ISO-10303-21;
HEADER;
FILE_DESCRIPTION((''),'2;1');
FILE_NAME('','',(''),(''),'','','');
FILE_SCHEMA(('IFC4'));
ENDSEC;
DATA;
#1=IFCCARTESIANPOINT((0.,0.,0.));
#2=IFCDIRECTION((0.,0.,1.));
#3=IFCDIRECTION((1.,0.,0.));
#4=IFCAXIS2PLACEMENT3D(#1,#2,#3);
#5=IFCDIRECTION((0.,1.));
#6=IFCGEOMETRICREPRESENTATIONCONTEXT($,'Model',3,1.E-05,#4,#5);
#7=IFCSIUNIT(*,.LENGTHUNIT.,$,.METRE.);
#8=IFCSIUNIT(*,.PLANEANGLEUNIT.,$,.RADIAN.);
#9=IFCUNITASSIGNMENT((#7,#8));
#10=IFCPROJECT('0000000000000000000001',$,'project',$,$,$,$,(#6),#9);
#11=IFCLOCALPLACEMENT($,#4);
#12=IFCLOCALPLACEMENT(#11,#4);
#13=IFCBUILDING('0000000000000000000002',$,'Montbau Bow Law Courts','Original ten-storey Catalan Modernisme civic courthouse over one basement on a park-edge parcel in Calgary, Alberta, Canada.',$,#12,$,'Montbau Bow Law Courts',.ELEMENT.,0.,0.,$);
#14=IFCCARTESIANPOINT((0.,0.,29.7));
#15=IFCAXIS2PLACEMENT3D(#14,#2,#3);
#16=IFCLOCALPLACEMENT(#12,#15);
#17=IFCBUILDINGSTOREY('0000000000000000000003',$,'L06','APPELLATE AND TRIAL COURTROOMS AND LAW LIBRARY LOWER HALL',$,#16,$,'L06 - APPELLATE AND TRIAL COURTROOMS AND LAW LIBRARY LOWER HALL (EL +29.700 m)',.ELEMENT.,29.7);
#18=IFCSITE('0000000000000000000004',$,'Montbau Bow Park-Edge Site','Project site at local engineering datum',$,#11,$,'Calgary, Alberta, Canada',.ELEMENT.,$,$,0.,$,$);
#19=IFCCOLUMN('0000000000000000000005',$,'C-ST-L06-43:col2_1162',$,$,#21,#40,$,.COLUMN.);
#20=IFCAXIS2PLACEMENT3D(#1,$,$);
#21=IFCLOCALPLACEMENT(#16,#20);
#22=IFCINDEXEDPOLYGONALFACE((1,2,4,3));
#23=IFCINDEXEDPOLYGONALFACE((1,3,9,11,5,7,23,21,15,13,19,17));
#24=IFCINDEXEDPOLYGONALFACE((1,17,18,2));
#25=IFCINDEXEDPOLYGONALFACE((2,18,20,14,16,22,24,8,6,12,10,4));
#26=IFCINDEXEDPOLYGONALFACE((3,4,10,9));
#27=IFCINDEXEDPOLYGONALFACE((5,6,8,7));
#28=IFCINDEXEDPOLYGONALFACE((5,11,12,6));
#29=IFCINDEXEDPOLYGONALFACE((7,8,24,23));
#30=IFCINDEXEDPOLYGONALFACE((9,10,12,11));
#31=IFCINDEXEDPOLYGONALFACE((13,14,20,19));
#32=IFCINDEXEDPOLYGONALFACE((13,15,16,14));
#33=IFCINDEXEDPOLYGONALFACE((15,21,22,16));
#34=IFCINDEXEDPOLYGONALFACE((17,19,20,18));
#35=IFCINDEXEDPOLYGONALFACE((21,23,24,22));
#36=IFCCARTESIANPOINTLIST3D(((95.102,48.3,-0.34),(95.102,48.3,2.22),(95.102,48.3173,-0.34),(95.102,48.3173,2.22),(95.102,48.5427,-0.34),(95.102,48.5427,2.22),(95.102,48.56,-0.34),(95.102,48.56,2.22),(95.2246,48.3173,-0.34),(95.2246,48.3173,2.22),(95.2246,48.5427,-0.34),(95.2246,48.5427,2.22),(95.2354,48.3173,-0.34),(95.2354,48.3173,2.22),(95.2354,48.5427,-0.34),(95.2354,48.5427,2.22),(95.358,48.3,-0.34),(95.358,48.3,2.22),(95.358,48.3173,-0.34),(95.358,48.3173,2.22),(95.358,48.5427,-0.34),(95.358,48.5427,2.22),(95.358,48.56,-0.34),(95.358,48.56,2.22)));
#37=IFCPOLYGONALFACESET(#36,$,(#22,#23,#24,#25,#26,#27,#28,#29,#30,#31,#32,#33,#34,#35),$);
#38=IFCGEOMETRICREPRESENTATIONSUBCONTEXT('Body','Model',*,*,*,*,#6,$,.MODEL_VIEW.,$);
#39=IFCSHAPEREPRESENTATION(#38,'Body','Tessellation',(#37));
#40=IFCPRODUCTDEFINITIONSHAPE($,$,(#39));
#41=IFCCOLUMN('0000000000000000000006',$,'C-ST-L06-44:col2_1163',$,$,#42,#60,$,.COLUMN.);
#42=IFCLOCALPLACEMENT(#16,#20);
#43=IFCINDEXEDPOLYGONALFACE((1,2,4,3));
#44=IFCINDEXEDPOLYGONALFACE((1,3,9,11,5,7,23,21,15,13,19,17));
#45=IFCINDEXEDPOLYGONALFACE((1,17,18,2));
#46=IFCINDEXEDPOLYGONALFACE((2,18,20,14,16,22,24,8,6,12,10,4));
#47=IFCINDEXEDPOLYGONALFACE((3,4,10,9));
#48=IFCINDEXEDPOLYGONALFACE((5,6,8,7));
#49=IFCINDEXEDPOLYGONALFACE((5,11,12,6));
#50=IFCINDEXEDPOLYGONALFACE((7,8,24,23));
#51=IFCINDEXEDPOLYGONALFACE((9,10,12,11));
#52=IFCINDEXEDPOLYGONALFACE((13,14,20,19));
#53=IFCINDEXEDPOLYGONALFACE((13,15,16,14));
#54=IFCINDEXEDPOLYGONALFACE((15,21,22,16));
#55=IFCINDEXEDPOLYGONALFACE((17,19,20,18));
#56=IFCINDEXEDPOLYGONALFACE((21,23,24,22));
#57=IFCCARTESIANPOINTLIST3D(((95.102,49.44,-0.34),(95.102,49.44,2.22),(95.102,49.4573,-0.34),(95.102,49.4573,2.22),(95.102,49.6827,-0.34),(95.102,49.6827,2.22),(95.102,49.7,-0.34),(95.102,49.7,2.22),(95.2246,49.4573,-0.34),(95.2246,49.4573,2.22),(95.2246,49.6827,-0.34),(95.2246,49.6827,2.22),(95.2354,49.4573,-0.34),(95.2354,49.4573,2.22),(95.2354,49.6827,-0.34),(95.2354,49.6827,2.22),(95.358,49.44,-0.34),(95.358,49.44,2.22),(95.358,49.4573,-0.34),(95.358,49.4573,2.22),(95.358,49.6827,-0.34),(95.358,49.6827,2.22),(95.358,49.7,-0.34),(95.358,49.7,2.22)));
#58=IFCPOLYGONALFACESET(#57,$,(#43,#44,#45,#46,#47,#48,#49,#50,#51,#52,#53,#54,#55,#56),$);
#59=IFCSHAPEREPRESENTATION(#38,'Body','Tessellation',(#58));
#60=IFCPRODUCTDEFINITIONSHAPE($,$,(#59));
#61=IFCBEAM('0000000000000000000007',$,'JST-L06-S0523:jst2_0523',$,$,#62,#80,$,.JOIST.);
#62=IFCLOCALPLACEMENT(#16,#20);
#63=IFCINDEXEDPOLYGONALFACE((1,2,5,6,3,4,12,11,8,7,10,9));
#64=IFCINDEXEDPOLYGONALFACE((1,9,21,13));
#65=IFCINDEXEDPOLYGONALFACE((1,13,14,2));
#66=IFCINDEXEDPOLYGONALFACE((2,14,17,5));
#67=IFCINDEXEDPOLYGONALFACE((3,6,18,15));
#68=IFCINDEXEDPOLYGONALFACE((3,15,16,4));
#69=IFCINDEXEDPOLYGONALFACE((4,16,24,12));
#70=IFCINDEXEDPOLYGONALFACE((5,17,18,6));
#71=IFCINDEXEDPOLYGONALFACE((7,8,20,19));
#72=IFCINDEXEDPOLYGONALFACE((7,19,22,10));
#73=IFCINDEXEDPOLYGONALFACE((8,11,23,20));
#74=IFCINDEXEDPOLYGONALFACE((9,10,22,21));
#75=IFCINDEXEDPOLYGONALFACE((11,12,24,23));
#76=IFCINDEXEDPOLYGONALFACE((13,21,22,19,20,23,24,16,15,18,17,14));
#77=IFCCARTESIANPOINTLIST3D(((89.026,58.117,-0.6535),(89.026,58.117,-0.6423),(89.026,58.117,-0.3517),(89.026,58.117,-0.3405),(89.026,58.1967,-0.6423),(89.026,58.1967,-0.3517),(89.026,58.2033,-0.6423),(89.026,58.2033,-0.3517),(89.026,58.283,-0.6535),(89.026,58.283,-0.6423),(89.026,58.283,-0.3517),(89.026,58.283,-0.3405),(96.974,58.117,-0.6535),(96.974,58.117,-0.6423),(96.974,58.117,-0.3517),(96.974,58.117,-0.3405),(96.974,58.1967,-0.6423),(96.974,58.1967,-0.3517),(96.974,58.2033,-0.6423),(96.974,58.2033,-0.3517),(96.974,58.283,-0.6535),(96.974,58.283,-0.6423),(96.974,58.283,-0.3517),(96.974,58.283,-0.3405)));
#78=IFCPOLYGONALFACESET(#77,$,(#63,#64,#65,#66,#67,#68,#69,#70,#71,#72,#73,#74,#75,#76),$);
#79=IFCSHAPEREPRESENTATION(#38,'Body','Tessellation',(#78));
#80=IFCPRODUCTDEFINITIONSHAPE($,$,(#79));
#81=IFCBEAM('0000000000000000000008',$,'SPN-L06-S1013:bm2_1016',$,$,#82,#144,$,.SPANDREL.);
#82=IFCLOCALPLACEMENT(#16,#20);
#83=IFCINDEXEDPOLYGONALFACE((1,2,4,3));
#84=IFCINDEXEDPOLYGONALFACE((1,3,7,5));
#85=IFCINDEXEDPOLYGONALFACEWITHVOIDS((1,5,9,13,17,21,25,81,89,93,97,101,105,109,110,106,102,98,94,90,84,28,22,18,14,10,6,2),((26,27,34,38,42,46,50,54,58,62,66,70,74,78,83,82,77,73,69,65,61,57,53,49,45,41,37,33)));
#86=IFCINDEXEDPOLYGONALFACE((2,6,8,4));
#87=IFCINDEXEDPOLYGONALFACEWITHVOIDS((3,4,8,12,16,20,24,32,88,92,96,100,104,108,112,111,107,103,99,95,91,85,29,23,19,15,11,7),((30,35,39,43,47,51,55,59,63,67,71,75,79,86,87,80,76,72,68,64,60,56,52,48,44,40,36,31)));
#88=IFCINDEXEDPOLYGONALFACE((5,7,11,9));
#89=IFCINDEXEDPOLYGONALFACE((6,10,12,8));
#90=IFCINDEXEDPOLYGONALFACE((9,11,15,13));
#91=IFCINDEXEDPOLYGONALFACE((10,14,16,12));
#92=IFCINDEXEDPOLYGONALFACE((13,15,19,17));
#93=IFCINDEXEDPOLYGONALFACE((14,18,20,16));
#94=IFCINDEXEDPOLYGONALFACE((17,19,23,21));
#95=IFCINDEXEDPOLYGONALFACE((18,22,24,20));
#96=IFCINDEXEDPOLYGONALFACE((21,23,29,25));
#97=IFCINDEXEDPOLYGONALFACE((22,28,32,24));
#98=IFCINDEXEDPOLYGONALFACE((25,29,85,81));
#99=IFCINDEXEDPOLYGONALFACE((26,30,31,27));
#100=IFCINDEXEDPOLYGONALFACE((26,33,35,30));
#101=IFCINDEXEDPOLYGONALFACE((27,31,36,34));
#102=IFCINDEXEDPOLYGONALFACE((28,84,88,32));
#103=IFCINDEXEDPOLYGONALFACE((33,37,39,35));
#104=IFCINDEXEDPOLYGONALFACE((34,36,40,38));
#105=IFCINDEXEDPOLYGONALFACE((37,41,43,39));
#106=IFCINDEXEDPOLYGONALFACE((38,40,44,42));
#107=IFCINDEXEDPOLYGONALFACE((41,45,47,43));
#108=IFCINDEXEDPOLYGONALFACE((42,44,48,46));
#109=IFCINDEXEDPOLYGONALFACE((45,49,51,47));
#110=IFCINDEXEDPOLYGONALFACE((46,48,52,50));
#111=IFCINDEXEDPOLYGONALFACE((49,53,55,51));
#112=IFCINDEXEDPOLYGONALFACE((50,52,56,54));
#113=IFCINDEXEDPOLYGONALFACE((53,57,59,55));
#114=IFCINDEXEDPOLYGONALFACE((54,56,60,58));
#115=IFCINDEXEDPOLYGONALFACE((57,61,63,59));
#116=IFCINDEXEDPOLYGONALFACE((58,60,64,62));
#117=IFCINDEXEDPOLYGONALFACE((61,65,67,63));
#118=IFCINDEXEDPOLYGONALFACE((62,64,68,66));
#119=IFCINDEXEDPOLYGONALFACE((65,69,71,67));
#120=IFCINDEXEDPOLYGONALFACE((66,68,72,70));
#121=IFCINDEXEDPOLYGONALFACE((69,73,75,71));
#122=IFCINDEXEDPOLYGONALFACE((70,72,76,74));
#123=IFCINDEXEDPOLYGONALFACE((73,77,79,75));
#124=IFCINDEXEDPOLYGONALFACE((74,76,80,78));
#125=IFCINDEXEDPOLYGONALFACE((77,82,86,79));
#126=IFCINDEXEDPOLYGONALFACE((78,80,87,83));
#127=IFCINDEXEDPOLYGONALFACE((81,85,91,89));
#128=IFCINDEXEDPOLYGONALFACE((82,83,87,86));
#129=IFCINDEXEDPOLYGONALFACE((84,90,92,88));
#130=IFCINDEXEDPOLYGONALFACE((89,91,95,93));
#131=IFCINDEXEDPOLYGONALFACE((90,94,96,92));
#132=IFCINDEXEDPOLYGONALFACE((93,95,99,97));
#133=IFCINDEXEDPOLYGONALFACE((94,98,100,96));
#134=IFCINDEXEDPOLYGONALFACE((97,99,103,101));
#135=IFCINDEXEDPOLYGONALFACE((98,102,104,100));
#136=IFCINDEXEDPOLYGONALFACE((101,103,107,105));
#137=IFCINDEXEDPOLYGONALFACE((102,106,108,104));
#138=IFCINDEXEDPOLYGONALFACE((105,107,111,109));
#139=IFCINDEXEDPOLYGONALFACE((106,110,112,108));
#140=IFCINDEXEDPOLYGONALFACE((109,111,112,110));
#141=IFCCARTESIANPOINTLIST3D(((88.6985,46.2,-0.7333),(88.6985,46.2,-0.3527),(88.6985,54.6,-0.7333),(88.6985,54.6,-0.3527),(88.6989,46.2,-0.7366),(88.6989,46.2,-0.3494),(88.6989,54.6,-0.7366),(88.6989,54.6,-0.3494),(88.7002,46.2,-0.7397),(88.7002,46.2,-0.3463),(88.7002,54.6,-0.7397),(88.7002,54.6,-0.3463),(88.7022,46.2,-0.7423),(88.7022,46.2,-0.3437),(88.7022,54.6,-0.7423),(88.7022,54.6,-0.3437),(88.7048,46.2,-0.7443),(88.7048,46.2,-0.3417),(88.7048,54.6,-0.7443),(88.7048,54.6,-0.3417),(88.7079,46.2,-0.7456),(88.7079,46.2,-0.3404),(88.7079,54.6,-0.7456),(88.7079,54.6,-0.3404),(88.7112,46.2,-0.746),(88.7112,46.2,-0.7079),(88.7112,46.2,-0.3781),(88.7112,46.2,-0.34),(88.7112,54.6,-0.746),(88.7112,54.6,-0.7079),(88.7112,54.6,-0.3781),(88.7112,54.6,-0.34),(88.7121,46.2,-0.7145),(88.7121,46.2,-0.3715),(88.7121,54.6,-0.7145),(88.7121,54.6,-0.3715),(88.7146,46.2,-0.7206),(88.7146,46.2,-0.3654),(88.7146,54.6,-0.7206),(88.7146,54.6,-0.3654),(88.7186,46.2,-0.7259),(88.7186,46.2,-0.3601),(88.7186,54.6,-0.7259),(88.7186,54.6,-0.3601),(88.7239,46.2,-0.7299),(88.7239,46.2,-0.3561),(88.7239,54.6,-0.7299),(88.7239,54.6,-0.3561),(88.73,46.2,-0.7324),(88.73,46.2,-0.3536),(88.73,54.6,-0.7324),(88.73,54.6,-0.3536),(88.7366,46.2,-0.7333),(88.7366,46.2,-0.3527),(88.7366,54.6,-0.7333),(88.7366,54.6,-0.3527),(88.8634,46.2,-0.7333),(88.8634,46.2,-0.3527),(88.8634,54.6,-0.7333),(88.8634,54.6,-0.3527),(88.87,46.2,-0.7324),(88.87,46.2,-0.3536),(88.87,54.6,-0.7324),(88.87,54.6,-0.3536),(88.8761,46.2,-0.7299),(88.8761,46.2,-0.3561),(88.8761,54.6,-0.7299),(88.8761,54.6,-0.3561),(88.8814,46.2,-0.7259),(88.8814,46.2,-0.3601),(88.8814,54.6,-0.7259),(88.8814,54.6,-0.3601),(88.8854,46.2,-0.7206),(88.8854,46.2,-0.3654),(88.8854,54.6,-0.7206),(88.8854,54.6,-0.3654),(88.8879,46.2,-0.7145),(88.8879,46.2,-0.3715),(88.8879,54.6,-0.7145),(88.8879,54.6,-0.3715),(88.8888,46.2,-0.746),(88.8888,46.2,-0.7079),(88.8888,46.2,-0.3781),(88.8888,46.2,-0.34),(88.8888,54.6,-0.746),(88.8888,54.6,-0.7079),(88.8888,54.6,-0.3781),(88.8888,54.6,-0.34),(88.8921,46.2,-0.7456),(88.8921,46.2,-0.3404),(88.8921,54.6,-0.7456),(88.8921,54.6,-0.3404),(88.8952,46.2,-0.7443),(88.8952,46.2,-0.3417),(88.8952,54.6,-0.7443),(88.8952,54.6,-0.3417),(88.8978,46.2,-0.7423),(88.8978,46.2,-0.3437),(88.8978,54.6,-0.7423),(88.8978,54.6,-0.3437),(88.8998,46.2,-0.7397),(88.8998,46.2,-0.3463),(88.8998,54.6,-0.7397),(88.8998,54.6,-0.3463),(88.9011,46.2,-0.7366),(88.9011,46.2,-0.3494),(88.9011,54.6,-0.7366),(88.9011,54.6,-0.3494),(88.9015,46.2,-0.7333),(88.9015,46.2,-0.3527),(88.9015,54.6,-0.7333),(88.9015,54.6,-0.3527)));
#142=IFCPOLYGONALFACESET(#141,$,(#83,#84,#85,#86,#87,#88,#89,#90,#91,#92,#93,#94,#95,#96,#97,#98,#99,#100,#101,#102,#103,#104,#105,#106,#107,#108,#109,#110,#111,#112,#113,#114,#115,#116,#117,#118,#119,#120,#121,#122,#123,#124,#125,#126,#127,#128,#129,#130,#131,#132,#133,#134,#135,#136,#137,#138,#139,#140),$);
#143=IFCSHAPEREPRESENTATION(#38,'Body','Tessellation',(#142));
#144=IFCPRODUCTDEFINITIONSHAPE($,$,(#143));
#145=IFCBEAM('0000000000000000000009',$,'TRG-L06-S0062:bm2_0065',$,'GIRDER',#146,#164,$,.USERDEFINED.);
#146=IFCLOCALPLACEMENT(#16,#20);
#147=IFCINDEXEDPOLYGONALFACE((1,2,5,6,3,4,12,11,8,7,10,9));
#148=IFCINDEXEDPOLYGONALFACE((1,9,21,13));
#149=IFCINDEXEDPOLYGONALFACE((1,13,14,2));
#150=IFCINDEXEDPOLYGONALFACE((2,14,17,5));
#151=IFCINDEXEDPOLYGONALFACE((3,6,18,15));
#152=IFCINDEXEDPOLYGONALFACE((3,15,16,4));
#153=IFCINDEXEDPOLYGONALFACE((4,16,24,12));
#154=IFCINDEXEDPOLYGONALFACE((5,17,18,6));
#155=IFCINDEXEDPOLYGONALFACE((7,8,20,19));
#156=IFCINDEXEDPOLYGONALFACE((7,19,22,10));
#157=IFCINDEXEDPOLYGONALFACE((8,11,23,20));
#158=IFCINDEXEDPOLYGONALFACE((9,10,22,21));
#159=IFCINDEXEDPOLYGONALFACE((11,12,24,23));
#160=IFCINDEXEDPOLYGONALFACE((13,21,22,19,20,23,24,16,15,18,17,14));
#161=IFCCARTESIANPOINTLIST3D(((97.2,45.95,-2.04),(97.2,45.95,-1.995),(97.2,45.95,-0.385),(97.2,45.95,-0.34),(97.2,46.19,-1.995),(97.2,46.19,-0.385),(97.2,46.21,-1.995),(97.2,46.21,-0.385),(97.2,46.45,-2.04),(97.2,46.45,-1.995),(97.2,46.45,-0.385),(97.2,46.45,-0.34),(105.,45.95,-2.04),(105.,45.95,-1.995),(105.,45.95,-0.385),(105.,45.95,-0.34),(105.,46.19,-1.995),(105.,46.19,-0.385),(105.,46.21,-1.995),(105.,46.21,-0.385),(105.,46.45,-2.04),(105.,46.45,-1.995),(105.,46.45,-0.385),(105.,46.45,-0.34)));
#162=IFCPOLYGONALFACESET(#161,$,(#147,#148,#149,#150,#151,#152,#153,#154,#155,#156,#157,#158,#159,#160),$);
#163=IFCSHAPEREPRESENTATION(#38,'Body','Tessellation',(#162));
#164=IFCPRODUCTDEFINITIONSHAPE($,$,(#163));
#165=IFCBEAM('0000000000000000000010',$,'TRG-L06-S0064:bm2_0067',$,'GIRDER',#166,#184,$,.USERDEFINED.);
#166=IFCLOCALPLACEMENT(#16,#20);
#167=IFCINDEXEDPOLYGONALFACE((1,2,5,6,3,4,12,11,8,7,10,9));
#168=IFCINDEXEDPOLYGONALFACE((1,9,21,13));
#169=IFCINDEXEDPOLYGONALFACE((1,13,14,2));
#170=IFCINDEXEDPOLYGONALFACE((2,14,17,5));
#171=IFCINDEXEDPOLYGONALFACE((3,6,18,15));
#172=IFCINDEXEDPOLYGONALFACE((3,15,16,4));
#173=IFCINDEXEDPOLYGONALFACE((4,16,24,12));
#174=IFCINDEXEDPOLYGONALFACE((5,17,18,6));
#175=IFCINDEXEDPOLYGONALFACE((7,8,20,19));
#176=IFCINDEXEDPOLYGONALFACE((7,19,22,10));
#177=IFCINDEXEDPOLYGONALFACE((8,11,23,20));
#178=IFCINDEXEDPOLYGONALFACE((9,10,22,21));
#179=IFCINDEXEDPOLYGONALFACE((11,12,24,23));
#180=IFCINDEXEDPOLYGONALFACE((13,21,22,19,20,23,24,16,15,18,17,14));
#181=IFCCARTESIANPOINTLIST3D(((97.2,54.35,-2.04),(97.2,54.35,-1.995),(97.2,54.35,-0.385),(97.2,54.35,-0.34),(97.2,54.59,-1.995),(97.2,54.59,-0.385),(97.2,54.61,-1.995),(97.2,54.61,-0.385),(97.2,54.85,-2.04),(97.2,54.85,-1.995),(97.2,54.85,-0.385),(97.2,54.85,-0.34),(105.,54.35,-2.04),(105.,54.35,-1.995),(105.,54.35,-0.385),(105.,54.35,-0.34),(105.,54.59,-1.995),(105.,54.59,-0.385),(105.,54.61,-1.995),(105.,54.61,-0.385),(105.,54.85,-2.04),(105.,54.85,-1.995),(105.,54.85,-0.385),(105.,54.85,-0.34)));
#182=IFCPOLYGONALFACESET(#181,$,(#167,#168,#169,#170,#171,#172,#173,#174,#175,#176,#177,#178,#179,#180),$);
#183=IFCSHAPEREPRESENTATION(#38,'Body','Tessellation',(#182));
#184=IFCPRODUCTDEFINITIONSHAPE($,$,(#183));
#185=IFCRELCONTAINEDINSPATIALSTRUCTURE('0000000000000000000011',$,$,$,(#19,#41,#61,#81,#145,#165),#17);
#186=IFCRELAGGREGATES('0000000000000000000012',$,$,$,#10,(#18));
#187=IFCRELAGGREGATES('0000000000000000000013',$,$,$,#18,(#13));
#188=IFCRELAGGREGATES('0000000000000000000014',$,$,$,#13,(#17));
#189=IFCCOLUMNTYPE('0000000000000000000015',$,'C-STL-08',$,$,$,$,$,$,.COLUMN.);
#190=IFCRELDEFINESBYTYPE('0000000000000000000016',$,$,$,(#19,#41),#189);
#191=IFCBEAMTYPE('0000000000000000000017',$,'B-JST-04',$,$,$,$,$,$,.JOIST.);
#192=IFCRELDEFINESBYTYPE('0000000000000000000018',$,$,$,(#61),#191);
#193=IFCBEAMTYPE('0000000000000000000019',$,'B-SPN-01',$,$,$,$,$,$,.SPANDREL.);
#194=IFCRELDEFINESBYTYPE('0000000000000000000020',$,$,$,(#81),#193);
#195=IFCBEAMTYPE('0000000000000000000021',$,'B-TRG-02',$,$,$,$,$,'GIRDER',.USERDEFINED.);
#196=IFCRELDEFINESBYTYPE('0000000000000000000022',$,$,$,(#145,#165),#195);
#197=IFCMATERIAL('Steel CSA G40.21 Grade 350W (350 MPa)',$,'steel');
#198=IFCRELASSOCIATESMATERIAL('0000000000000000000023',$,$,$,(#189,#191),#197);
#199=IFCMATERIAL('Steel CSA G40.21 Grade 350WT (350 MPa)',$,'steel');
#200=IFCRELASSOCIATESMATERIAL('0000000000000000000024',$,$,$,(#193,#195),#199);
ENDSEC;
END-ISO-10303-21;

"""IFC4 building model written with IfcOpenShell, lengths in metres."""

from ifc_helpers import new_model, si_unit, direction, frame, origin_with_axes, origin_2d_with_axis, place, context, subcontext, project, spatial, hollow_rectangle, i_section, extrude, material, material_profile, profile_set, type_object, element, save


model = new_model("IFC4")

# Units and contexts
model_context = context("Model", 3, precision=1e-05, world=origin_with_axes(), true_north=direction((0.0, 1.0)))
body_context = subcontext(model_context, "Body", "Model", "MODEL_VIEW")
ifc_project = project(units=[si_unit("LENGTHUNIT", "METRE"), si_unit("PLANEANGLEUNIT", "RADIAN")], contexts=[model_context])

# Site, building, storey
site_placement = place(None, origin_with_axes())
site = spatial("IfcSite", under=ifc_project, at=site_placement, Name="Montbau Bow Park-Edge Site", Description="Project site at local engineering datum", LongName="Calgary, Alberta, Canada", CompositionType="ELEMENT", RefElevation=0.0)
building_placement = place(site_placement, origin_with_axes())
building = spatial("IfcBuilding", under=site, at=building_placement, Name="Montbau Bow Law Courts", Description="Original ten-storey Catalan Modernisme civic courthouse over one basement on a park-edge parcel in Calgary, Alberta, Canada.", LongName="Montbau Bow Law Courts", CompositionType="ELEMENT", ElevationOfRefHeight=0.0, ElevationOfTerrain=0.0)
storey_placement = place(building_placement, frame((0.0, 0.0, 29.7), z_axis=(0.0, 0.0, 1.0), x_axis=(1.0, 0.0, 0.0)))
storey = spatial("IfcBuildingStorey", under=building, at=storey_placement, Name="L06", Description="APPELLATE AND TRIAL COURTROOMS AND LAW LIBRARY LOWER HALL", LongName="L06 - APPELLATE AND TRIAL COURTROOMS AND LAW LIBRARY LOWER HALL (EL +29.700 m)", CompositionType="ELEMENT", Elevation=29.7)

# Columns
ifc_material_1 = material(Name="Steel CSA G40.21 Grade 350W (350 MPa)", Category="steel")
ifc_material_profile_1 = material_profile(ifc_material_1, i_section(OverallWidth=0.256, OverallDepth=0.26, WebThickness=0.0107, FlangeThickness=0.0173, at=origin_2d_with_axis()), Name="W250X89", Category="Main", Priority=0)
ifc_profile_set_1 = profile_set([ifc_material_profile_1], Name="Steel CSA G40.21 Grade 350W (350 MPa)")
column_type_1 = type_object("IfcColumnType", Name="C-STL-08", PredefinedType="COLUMN", material=ifc_profile_set_1)
for number, where, z_axis, x_axis, name in (
    (1, (95.23, 48.43, 29.36), (0.0, 0.0, 1.0), (1.0, 0.0, 0.0), "C-ST-L06-43:col2_1162"),
    (2, (95.23, 49.57, 29.36), (0.0, 0.0, 1.0), (1.0, 0.0, 0.0), "C-ST-L06-44:col2_1163"),
):
    element("IfcColumn", number, at=place(None, frame(where, z_axis=z_axis, x_axis=x_axis)), inside=storey, type_object=column_type_1, Name=name, PredefinedType="COLUMN", context=body_context, shape_type="SweptSolid", body=[
        extrude(i_section(OverallWidth=0.256, OverallDepth=0.26, WebThickness=0.0107, FlangeThickness=0.0173, at=origin_2d_with_axis()), origin_with_axes(), (0.0, 0.0, 1.0), 2.56),
    ])

# Beams
ifc_material_profile_2 = material_profile(ifc_material_1, i_section(OverallWidth=0.166, OverallDepth=0.313, WebThickness=0.0066, FlangeThickness=0.0112, at=origin_2d_with_axis()), Name="W310X45", Category="Main", Priority=0)
ifc_profile_set_2 = profile_set([ifc_material_profile_2], Name="Steel CSA G40.21 Grade 350W (350 MPa)")
beam_type_1 = type_object("IfcBeamType", Name="B-JST-04", PredefinedType="JOIST", material=ifc_profile_set_2)
beam_1_placement = place(None, frame((89.026, 58.2, 29.203), z_axis=(1.0, 0.0, 0.0), x_axis=(0.0, 1.0, 0.0)))
element("IfcBeam", 3, at=beam_1_placement, inside=storey, type_object=beam_type_1, Name="JST-L06-S0523:jst2_0523", PredefinedType="JOIST", context=body_context, shape_type="SweptSolid", body=[
    extrude(i_section(OverallWidth=0.166, OverallDepth=0.313, WebThickness=0.0066, FlangeThickness=0.0112, at=origin_2d_with_axis()), origin_with_axes(), (0.0, 0.0, 1.0), 7.948),
])
ifc_material_2 = material(Name="Steel CSA G40.21 Grade 350WT (350 MPa)", Category="steel")
ifc_material_profile_3 = material_profile(ifc_material_2, hollow_rectangle(XDim=0.203, YDim=0.406, WallThickness=0.0127, InnerFilletRadius=0.0254, OuterFilletRadius=0.0127, at=origin_2d_with_axis()), Name="HSS406X203X13", Category="Main", Priority=0)
ifc_profile_set_3 = profile_set([ifc_material_profile_3], Name="Steel CSA G40.21 Grade 350WT (350 MPa)")
beam_type_2 = type_object("IfcBeamType", Name="B-SPN-01", PredefinedType="SPANDREL", material=ifc_profile_set_3)
beam_2_placement = place(None, frame((88.8, 46.2, 29.157), z_axis=(0.0, 1.0, 0.0), x_axis=(-1.0, 0.0, 0.0)))
element("IfcBeam", 4, at=beam_2_placement, inside=storey, type_object=beam_type_2, Name="SPN-L06-S1013:bm2_1016", PredefinedType="SPANDREL", context=body_context, shape_type="SweptSolid", body=[
    extrude(hollow_rectangle(XDim=0.203, YDim=0.406, WallThickness=0.0127, InnerFilletRadius=0.0254, OuterFilletRadius=0.0127, at=origin_2d_with_axis()), origin_with_axes(), (0.0, 0.0, 1.0), 8.4),
])
ifc_material_profile_4 = material_profile(ifc_material_2, i_section(OverallWidth=0.5, OverallDepth=1.7, WebThickness=0.02, FlangeThickness=0.045, at=origin_2d_with_axis()), Name="WWF1700X480", Category="Main", Priority=0)
ifc_profile_set_4 = profile_set([ifc_material_profile_4], Name="Steel CSA G40.21 Grade 350WT (350 MPa)")
beam_type_3 = type_object("IfcBeamType", Name="B-TRG-02", ElementType="GIRDER", PredefinedType="USERDEFINED", material=ifc_profile_set_4)
for number, where, z_axis, x_axis, name in (
    (5, (97.2, 46.2, 28.51), (1.0, 0.0, 0.0), (0.0, 1.0, 0.0), "TRG-L06-S0062:bm2_0065"),
    (6, (97.2, 54.6, 28.51), (1.0, 0.0, 0.0), (0.0, 1.0, 0.0), "TRG-L06-S0064:bm2_0067"),
):
    element("IfcBeam", number, at=place(None, frame(where, z_axis=z_axis, x_axis=x_axis)), inside=storey, type_object=beam_type_3, Name=name, ObjectType="GIRDER", PredefinedType="USERDEFINED", context=body_context, shape_type="SweptSolid", body=[
        extrude(i_section(OverallWidth=0.5, OverallDepth=1.7, WebThickness=0.02, FlangeThickness=0.045, at=origin_2d_with_axis()), origin_with_axes(), (0.0, 0.0, 1.0), 7.8),
    ])

save(model, "model.ifc")
